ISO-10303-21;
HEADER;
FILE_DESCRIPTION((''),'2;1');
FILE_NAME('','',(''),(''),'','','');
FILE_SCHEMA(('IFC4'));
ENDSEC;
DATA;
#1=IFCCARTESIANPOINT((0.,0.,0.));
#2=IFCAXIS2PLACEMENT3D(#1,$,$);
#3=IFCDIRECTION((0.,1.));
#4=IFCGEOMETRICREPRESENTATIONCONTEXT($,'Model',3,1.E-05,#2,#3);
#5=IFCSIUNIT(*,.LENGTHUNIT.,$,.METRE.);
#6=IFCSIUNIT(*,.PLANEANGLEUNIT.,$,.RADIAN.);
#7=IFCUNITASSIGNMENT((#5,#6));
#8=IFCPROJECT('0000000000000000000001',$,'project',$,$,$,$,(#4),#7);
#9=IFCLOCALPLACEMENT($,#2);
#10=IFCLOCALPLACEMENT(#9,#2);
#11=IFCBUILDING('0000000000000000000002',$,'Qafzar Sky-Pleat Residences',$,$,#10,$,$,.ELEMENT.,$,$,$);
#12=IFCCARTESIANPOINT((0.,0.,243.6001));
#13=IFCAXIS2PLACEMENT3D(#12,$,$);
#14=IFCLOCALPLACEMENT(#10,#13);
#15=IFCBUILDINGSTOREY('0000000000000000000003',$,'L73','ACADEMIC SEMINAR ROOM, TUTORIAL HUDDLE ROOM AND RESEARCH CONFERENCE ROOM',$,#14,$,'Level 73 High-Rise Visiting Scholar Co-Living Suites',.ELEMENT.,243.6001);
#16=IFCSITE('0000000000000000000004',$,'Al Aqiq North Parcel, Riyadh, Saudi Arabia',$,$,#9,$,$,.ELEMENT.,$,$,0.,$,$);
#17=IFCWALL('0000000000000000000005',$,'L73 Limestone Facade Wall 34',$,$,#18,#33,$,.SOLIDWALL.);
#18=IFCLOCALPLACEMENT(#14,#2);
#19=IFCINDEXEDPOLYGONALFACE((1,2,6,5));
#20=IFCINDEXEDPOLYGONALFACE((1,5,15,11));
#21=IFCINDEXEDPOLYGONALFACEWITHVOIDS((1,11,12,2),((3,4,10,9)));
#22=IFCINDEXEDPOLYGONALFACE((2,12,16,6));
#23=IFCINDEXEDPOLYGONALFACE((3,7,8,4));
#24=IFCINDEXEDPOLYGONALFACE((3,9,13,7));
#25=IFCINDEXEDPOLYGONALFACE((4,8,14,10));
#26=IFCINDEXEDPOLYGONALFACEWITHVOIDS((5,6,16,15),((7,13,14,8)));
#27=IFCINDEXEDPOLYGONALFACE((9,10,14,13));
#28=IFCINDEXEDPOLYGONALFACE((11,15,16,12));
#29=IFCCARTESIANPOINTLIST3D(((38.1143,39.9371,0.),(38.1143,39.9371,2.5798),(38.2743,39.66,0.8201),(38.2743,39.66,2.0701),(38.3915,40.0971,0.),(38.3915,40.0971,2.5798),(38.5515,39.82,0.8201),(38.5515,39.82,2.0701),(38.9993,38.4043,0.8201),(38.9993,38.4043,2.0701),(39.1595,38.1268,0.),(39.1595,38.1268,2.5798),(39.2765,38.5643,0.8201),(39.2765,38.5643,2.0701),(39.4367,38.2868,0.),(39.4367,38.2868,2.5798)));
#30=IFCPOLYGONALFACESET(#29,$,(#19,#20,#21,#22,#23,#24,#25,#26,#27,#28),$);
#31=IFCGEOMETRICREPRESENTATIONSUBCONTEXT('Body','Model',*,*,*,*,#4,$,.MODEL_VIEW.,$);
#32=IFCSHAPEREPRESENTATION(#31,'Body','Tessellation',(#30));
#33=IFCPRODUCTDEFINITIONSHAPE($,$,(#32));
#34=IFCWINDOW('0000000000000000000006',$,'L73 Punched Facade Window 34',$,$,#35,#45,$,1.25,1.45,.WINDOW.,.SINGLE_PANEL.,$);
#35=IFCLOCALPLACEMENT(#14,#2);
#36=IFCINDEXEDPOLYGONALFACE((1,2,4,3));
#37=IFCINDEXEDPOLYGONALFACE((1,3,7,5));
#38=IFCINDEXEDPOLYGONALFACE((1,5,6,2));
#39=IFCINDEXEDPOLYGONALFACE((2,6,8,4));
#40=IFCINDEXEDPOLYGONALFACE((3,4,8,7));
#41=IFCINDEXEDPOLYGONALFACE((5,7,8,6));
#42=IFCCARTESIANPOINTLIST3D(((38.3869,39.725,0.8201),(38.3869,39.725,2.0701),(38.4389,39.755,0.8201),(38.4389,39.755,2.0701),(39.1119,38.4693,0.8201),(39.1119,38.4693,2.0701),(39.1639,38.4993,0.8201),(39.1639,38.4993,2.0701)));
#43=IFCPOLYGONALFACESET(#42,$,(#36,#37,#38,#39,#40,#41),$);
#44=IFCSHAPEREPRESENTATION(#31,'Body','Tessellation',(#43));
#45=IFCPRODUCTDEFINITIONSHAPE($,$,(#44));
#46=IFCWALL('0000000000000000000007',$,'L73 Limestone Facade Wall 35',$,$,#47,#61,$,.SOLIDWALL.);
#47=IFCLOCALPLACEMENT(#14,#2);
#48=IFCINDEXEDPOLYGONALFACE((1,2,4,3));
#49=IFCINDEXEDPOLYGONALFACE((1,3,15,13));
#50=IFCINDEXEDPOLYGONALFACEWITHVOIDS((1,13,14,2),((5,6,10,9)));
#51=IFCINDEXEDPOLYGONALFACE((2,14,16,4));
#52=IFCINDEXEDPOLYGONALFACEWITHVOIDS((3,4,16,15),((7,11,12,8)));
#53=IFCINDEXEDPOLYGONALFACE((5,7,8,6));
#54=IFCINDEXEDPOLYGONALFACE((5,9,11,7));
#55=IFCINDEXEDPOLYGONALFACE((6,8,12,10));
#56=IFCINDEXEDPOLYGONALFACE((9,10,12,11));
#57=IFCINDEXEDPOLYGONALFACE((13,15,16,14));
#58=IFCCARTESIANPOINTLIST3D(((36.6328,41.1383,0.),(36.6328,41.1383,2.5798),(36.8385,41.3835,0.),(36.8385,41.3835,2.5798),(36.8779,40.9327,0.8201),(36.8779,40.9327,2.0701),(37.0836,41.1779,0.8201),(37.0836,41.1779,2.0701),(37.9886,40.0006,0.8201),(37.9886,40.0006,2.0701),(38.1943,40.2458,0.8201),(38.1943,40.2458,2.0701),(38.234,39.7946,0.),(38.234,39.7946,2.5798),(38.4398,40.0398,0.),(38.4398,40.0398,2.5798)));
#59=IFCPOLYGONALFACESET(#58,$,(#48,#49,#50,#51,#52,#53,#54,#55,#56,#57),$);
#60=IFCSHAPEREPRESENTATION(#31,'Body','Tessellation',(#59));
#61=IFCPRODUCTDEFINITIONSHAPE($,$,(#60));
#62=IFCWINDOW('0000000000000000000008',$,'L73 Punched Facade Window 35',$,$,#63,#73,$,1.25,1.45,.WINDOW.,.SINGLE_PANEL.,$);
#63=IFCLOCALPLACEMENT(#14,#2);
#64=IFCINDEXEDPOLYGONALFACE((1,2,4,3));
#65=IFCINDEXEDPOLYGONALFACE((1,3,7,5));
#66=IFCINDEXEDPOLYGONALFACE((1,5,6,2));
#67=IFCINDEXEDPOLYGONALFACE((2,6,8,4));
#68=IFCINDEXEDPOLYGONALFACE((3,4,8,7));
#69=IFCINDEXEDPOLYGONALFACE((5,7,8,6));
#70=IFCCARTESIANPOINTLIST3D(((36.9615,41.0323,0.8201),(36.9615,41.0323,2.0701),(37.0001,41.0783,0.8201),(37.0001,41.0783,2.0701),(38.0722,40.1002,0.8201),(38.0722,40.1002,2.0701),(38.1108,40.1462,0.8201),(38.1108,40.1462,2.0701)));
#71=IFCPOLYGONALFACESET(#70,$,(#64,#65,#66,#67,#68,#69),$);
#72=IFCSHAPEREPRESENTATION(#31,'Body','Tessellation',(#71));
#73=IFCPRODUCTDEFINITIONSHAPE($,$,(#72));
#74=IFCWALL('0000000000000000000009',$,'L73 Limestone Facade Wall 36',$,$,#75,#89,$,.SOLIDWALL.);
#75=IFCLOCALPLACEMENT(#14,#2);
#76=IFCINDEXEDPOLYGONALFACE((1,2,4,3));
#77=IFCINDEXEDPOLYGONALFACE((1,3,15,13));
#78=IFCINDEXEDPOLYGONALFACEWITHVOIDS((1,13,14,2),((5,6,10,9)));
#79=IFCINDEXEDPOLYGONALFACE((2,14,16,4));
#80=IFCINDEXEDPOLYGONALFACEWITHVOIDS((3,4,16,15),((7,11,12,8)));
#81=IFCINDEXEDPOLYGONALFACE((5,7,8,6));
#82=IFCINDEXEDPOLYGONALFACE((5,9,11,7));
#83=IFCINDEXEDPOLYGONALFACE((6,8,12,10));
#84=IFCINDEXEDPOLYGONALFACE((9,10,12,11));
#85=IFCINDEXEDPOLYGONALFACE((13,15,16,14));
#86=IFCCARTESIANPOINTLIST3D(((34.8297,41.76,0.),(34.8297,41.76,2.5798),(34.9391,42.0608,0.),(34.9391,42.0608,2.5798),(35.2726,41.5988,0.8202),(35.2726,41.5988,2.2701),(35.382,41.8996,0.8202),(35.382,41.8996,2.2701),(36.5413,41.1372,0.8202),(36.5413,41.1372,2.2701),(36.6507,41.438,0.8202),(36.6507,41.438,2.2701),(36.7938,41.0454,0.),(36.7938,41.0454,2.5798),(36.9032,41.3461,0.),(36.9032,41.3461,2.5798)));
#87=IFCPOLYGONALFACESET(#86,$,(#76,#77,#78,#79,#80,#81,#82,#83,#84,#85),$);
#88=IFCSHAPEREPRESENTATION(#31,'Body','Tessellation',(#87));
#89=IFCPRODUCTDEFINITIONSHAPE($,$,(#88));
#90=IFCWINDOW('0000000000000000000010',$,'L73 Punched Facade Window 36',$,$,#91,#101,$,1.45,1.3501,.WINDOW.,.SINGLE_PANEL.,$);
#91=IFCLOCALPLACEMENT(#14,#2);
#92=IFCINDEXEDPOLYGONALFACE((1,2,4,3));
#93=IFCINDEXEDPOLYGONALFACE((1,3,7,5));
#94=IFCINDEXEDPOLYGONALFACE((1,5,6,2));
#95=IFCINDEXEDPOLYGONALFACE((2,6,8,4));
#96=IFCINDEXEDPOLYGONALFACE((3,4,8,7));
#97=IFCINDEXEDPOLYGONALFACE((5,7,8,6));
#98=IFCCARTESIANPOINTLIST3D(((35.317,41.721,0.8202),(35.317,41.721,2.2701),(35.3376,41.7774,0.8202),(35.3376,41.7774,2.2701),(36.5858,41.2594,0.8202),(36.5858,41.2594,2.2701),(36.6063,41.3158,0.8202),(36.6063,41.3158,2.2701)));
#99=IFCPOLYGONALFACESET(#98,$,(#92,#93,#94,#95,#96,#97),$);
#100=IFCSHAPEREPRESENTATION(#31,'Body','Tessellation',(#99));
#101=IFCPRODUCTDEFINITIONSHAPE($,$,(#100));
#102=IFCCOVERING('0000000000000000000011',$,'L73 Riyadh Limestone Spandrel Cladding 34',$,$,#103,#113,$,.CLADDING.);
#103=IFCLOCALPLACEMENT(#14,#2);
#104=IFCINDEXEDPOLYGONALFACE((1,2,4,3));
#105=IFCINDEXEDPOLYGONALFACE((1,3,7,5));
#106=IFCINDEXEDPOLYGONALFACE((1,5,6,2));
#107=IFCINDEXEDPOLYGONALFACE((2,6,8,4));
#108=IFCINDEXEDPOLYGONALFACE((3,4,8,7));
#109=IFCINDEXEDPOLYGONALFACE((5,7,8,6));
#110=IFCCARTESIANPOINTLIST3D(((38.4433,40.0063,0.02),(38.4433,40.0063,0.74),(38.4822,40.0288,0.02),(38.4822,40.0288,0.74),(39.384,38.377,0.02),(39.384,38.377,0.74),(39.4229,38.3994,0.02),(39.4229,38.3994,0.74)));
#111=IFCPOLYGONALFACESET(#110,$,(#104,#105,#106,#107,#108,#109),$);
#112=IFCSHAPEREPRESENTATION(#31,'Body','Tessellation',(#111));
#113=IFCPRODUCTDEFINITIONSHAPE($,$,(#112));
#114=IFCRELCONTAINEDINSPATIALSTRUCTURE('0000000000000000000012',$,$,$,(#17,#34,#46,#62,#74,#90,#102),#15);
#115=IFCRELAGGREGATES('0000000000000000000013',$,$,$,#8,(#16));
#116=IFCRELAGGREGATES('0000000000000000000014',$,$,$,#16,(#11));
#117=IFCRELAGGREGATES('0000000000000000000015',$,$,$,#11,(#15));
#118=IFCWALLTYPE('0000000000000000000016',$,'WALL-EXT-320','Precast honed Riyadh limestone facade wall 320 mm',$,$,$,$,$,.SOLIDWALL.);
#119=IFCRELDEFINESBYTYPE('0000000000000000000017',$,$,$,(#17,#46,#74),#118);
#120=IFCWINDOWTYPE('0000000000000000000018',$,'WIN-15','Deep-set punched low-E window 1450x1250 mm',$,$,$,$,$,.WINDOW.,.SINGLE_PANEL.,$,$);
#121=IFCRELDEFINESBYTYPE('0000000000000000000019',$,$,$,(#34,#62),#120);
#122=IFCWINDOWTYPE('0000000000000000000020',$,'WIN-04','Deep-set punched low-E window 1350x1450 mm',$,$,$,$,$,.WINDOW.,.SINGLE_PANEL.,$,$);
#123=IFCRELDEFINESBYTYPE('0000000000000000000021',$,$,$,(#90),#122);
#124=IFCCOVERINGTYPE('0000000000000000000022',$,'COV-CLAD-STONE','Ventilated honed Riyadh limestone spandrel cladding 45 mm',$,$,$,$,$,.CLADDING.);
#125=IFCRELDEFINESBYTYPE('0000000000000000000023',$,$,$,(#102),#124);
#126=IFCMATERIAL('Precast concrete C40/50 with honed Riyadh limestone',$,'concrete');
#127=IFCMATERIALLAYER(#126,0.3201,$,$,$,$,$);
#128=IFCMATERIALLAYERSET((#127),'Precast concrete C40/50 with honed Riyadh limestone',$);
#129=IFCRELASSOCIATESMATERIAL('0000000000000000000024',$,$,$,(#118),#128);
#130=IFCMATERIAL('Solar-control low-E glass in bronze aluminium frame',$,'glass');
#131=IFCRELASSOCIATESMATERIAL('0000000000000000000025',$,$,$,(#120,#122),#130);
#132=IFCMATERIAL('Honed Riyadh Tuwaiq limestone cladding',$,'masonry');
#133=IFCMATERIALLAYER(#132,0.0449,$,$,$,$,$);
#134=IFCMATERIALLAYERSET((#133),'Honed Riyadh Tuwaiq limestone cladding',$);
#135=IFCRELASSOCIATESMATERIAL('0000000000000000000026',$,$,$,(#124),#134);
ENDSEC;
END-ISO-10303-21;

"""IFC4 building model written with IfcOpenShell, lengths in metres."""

from ifc_helpers import new_model, si_unit, direction, frame, frame_2d, origin, origin_2d, place, context, subcontext, project, spatial, rectangle, extrude, source, transform, mapped, material, layer, layer_set, type_object, element, fill, save


model = new_model("IFC4")

# Units and contexts
model_context = context("Model", 3, precision=1e-05, world=origin(), true_north=direction((0.0, 1.0)))
body_context = subcontext(model_context, "Body", "Model", "MODEL_VIEW")
ifc_project = project(units=[si_unit("LENGTHUNIT", "METRE"), si_unit("PLANEANGLEUNIT", "RADIAN")], contexts=[model_context])

# Site, building, storey
site_placement = place(None, origin())
site = spatial("IfcSite", under=ifc_project, at=site_placement, Name="Al Aqiq North Parcel, Riyadh, Saudi Arabia", CompositionType="ELEMENT", RefElevation=0.0)
building_placement = place(site_placement, origin())
building = spatial("IfcBuilding", under=site, at=building_placement, Name="Qafzar Sky-Pleat Residences", CompositionType="ELEMENT")
storey_placement = place(building_placement, frame((0.0, 0.0, 243.6001)))
storey = spatial("IfcBuildingStorey", under=building, at=storey_placement, Name="L73", Description="ACADEMIC SEMINAR ROOM, TUTORIAL HUDDLE ROOM AND RESEARCH CONFERENCE ROOM", LongName="Level 73 High-Rise Visiting Scholar Co-Living Suites", CompositionType="ELEMENT", Elevation=243.6001)

# Walls, openings, windows
ifc_material_1 = material(Name="Precast concrete C40/50 with honed Riyadh limestone", Category="concrete")
ifc_layer_1 = layer(ifc_material_1, 0.3201)
ifc_layer_set_1 = layer_set([ifc_layer_1], Name="Precast concrete C40/50 with honed Riyadh limestone")
wall_type_1 = type_object("IfcWallType", Name="WALL-EXT-320", Description="Precast honed Riyadh limestone facade wall 320 mm", PredefinedType="SOLIDWALL", material=ifc_layer_set_1)
ifc_material_2 = material(Name="Solar-control low-E glass in bronze aluminium frame", Category="glass")
wall_1_placement = place(storey_placement, frame((39.2981, 38.2068, 0.0), z_axis=(0.0, 0.0, 1.0), x_axis=(-0.499995, 0.866028, 0.0)))
wall_1 = element("IfcWall", 1, at=wall_1_placement, inside=storey, type_object=wall_type_1, Name="L73 Limestone Facade Wall 34", PredefinedType="SOLIDWALL", context=body_context, shape_type="SweptSolid", body=[
    extrude(rectangle(XDim=2.0903, YDim=0.3201, at=frame_2d((1.0452, 0.0))), origin(), (0.0, 0.0, 1.0), 2.5798),
])
opening_1_placement = place(wall_1_placement, frame((0.3203, 0.0, 0.8201)))
opening_1 = element("IfcOpeningElement", 2, at=opening_1_placement, cuts=wall_1, PredefinedType="OPENING", context=body_context, shape_type="SweptSolid", body=[
    extrude(rectangle(XDim=1.45, YDim=1.25, at=frame_2d((0.7251, 0.625))), frame((0.0, 0.1699, 0.0), z_axis=(0.0, -1.0, 0.0), x_axis=(1.0, 0.0, 0.0)), (0.0, 0.0, 1.0), 0.3401),
])
window_type_1 = type_object("IfcWindowType", Name="WIN-15", Description="Deep-set punched low-E window 1450x1250 mm", PartitioningType="SINGLE_PANEL", PredefinedType="WINDOW", material=ifc_material_2)
shared_shape_1 = source(origin(), body_context, "Body", "SweptSolid", [
    extrude(rectangle(XDim=1.45, YDim=1.25, at=frame_2d((0.7251, 0.625))), frame((0.0, 0.03, 0.0), z_axis=(0.0, -1.0, 0.0), x_axis=(1.0, 0.0, 0.0)), (0.0, 0.0, 1.0), 0.0601),
])
window_1_placement = place(opening_1_placement, origin())
window_1 = element("IfcWindow", 3, at=window_1_placement, inside=storey, type_object=window_type_1, Name="L73 Punched Facade Window 34", OverallHeight=1.25, OverallWidth=1.45, PartitioningType="SINGLE_PANEL", PredefinedType="WINDOW", context=body_context, shape_type="MappedRepresentation", body=[
    mapped(shared_shape_1, transform((0.0, 0.0, 0.0), x_axis=(1.0, 0.0, 0.0), y_axis=(0.0, 1.0, 0.0), z_axis=(0.0, 0.0, 1.0), scale=1.0)),
])
fill(opening_1, window_1)
wall_2_placement = place(storey_placement, frame((38.3369, 39.9172, 0.0), z_axis=(0.0, 0.0, 1.0), x_axis=(-0.766025, 0.642811, 0.0)))
wall_2 = element("IfcWall", 4, at=wall_2_placement, inside=storey, type_object=wall_type_1, Name="L73 Limestone Facade Wall 35", PredefinedType="SOLIDWALL", context=body_context, shape_type="SweptSolid", body=[
    extrude(rectangle(XDim=2.0903, YDim=0.3201, at=frame_2d((1.0452, 0.0))), origin(), (0.0, 0.0, 1.0), 2.5798),
])
opening_2_placement = place(wall_2_placement, frame((0.3203, 0.0, 0.8201)))
opening_2 = element("IfcOpeningElement", 5, at=opening_2_placement, cuts=wall_2, PredefinedType="OPENING", context=body_context, shape_type="SweptSolid", body=[
    extrude(rectangle(XDim=1.45, YDim=1.25, at=frame_2d((0.7251, 0.625))), frame((0.0, 0.1699, 0.0), z_axis=(0.0, -1.0, 0.0), x_axis=(1.0, 0.0, 0.0)), (0.0, 0.0, 1.0), 0.3401),
])
window_2_placement = place(opening_2_placement, origin())
window_2 = element("IfcWindow", 6, at=window_2_placement, inside=storey, type_object=window_type_1, Name="L73 Punched Facade Window 35", OverallHeight=1.25, OverallWidth=1.45, PartitioningType="SINGLE_PANEL", PredefinedType="WINDOW", context=body_context, shape_type="MappedRepresentation", body=[
    mapped(shared_shape_1, transform((0.0, 0.0, 0.0), x_axis=(1.0, 0.0, 0.0), y_axis=(0.0, 1.0, 0.0), z_axis=(0.0, 0.0, 1.0), scale=1.0)),
])
fill(opening_2, window_2)
wall_3_placement = place(storey_placement, frame((36.8484, 41.1958, 0.0), z_axis=(0.0, 0.0, 1.0), x_axis=(-0.939735, 0.341902, 0.0)))
wall_3 = element("IfcWall", 7, at=wall_3_placement, inside=storey, type_object=wall_type_1, Name="L73 Limestone Facade Wall 36", PredefinedType="SOLIDWALL", context=body_context, shape_type="SweptSolid", body=[
    extrude(rectangle(XDim=2.0901, YDim=0.3201, at=frame_2d((1.0449, 0.0))), origin(), (0.0, 0.0, 1.0), 2.5798),
])
opening_3_placement = place(wall_3_placement, frame((0.2686, 0.0, 0.8201)))
opening_3 = element("IfcOpeningElement", 8, at=opening_3_placement, cuts=wall_3, PredefinedType="OPENING", context=body_context, shape_type="SweptSolid", body=[
    extrude(rectangle(XDim=1.3501, YDim=1.45, at=frame_2d((0.675, 0.7251))), frame((0.0, 0.1699, 0.0), z_axis=(0.0, -1.0, 0.0), x_axis=(1.0, 0.0, 0.0)), (0.0, 0.0, 1.0), 0.3401),
])
window_type_2 = type_object("IfcWindowType", Name="WIN-04", Description="Deep-set punched low-E window 1350x1450 mm", PartitioningType="SINGLE_PANEL", PredefinedType="WINDOW", material=ifc_material_2)
shared_shape_2 = source(origin(), body_context, "Body", "SweptSolid", [
    extrude(rectangle(XDim=1.3501, YDim=1.45, at=frame_2d((0.675, 0.7251))), frame((0.0, 0.03, 0.0), z_axis=(0.0, -1.0, 0.0), x_axis=(1.0, 0.0, 0.0)), (0.0, 0.0, 1.0), 0.0601),
])
window_3_placement = place(opening_3_placement, origin())
window_3 = element("IfcWindow", 9, at=window_3_placement, inside=storey, type_object=window_type_2, Name="L73 Punched Facade Window 36", OverallHeight=1.45, OverallWidth=1.3501, PartitioningType="SINGLE_PANEL", PredefinedType="WINDOW", context=body_context, shape_type="MappedRepresentation", body=[
    mapped(shared_shape_2, transform((0.0, 0.0, 0.0), x_axis=(1.0, 0.0, 0.0), y_axis=(0.0, 1.0, 0.0), z_axis=(0.0, 0.0, 1.0), scale=1.0)),
])
fill(opening_3, window_3)

# Covering
ifc_material_3 = material(Name="Honed Riyadh Tuwaiq limestone cladding", Category="masonry")
ifc_layer_2 = layer(ifc_material_3, 0.0449)
ifc_layer_set_2 = layer_set([ifc_layer_2], Name="Honed Riyadh Tuwaiq limestone cladding")
covering_type = type_object("IfcCoveringType", Name="COV-CLAD-STONE", Description="Ventilated honed Riyadh limestone spandrel cladding 45 mm", PredefinedType="CLADDING", material=ifc_layer_set_2)
shared_shape_3 = source(origin(), body_context, "Body", "SweptSolid", [
    extrude(rectangle(XDim=1.8813, YDim=0.0449, at=origin_2d()), origin(), (0.0, 0.0, 1.0), 0.72),
])
covering_placement = place(storey_placement, frame((38.9331, 39.2029, 0.02), z_axis=(0.0, 0.0, 1.0), x_axis=(-0.499972, 0.866041, 0.0)))
element("IfcCovering", 10, at=covering_placement, inside=storey, type_object=covering_type, Name="L73 Riyadh Limestone Spandrel Cladding 34", PredefinedType="CLADDING", context=body_context, shape_type="MappedRepresentation", body=[
    mapped(shared_shape_3, transform((0.0, 0.0, 0.0), x_axis=(1.0, 0.0, 0.0), y_axis=(0.0, 1.0, 0.0), z_axis=(0.0, 0.0, 1.0), scale=1.0)),
])

save(model, "model.ifc")
